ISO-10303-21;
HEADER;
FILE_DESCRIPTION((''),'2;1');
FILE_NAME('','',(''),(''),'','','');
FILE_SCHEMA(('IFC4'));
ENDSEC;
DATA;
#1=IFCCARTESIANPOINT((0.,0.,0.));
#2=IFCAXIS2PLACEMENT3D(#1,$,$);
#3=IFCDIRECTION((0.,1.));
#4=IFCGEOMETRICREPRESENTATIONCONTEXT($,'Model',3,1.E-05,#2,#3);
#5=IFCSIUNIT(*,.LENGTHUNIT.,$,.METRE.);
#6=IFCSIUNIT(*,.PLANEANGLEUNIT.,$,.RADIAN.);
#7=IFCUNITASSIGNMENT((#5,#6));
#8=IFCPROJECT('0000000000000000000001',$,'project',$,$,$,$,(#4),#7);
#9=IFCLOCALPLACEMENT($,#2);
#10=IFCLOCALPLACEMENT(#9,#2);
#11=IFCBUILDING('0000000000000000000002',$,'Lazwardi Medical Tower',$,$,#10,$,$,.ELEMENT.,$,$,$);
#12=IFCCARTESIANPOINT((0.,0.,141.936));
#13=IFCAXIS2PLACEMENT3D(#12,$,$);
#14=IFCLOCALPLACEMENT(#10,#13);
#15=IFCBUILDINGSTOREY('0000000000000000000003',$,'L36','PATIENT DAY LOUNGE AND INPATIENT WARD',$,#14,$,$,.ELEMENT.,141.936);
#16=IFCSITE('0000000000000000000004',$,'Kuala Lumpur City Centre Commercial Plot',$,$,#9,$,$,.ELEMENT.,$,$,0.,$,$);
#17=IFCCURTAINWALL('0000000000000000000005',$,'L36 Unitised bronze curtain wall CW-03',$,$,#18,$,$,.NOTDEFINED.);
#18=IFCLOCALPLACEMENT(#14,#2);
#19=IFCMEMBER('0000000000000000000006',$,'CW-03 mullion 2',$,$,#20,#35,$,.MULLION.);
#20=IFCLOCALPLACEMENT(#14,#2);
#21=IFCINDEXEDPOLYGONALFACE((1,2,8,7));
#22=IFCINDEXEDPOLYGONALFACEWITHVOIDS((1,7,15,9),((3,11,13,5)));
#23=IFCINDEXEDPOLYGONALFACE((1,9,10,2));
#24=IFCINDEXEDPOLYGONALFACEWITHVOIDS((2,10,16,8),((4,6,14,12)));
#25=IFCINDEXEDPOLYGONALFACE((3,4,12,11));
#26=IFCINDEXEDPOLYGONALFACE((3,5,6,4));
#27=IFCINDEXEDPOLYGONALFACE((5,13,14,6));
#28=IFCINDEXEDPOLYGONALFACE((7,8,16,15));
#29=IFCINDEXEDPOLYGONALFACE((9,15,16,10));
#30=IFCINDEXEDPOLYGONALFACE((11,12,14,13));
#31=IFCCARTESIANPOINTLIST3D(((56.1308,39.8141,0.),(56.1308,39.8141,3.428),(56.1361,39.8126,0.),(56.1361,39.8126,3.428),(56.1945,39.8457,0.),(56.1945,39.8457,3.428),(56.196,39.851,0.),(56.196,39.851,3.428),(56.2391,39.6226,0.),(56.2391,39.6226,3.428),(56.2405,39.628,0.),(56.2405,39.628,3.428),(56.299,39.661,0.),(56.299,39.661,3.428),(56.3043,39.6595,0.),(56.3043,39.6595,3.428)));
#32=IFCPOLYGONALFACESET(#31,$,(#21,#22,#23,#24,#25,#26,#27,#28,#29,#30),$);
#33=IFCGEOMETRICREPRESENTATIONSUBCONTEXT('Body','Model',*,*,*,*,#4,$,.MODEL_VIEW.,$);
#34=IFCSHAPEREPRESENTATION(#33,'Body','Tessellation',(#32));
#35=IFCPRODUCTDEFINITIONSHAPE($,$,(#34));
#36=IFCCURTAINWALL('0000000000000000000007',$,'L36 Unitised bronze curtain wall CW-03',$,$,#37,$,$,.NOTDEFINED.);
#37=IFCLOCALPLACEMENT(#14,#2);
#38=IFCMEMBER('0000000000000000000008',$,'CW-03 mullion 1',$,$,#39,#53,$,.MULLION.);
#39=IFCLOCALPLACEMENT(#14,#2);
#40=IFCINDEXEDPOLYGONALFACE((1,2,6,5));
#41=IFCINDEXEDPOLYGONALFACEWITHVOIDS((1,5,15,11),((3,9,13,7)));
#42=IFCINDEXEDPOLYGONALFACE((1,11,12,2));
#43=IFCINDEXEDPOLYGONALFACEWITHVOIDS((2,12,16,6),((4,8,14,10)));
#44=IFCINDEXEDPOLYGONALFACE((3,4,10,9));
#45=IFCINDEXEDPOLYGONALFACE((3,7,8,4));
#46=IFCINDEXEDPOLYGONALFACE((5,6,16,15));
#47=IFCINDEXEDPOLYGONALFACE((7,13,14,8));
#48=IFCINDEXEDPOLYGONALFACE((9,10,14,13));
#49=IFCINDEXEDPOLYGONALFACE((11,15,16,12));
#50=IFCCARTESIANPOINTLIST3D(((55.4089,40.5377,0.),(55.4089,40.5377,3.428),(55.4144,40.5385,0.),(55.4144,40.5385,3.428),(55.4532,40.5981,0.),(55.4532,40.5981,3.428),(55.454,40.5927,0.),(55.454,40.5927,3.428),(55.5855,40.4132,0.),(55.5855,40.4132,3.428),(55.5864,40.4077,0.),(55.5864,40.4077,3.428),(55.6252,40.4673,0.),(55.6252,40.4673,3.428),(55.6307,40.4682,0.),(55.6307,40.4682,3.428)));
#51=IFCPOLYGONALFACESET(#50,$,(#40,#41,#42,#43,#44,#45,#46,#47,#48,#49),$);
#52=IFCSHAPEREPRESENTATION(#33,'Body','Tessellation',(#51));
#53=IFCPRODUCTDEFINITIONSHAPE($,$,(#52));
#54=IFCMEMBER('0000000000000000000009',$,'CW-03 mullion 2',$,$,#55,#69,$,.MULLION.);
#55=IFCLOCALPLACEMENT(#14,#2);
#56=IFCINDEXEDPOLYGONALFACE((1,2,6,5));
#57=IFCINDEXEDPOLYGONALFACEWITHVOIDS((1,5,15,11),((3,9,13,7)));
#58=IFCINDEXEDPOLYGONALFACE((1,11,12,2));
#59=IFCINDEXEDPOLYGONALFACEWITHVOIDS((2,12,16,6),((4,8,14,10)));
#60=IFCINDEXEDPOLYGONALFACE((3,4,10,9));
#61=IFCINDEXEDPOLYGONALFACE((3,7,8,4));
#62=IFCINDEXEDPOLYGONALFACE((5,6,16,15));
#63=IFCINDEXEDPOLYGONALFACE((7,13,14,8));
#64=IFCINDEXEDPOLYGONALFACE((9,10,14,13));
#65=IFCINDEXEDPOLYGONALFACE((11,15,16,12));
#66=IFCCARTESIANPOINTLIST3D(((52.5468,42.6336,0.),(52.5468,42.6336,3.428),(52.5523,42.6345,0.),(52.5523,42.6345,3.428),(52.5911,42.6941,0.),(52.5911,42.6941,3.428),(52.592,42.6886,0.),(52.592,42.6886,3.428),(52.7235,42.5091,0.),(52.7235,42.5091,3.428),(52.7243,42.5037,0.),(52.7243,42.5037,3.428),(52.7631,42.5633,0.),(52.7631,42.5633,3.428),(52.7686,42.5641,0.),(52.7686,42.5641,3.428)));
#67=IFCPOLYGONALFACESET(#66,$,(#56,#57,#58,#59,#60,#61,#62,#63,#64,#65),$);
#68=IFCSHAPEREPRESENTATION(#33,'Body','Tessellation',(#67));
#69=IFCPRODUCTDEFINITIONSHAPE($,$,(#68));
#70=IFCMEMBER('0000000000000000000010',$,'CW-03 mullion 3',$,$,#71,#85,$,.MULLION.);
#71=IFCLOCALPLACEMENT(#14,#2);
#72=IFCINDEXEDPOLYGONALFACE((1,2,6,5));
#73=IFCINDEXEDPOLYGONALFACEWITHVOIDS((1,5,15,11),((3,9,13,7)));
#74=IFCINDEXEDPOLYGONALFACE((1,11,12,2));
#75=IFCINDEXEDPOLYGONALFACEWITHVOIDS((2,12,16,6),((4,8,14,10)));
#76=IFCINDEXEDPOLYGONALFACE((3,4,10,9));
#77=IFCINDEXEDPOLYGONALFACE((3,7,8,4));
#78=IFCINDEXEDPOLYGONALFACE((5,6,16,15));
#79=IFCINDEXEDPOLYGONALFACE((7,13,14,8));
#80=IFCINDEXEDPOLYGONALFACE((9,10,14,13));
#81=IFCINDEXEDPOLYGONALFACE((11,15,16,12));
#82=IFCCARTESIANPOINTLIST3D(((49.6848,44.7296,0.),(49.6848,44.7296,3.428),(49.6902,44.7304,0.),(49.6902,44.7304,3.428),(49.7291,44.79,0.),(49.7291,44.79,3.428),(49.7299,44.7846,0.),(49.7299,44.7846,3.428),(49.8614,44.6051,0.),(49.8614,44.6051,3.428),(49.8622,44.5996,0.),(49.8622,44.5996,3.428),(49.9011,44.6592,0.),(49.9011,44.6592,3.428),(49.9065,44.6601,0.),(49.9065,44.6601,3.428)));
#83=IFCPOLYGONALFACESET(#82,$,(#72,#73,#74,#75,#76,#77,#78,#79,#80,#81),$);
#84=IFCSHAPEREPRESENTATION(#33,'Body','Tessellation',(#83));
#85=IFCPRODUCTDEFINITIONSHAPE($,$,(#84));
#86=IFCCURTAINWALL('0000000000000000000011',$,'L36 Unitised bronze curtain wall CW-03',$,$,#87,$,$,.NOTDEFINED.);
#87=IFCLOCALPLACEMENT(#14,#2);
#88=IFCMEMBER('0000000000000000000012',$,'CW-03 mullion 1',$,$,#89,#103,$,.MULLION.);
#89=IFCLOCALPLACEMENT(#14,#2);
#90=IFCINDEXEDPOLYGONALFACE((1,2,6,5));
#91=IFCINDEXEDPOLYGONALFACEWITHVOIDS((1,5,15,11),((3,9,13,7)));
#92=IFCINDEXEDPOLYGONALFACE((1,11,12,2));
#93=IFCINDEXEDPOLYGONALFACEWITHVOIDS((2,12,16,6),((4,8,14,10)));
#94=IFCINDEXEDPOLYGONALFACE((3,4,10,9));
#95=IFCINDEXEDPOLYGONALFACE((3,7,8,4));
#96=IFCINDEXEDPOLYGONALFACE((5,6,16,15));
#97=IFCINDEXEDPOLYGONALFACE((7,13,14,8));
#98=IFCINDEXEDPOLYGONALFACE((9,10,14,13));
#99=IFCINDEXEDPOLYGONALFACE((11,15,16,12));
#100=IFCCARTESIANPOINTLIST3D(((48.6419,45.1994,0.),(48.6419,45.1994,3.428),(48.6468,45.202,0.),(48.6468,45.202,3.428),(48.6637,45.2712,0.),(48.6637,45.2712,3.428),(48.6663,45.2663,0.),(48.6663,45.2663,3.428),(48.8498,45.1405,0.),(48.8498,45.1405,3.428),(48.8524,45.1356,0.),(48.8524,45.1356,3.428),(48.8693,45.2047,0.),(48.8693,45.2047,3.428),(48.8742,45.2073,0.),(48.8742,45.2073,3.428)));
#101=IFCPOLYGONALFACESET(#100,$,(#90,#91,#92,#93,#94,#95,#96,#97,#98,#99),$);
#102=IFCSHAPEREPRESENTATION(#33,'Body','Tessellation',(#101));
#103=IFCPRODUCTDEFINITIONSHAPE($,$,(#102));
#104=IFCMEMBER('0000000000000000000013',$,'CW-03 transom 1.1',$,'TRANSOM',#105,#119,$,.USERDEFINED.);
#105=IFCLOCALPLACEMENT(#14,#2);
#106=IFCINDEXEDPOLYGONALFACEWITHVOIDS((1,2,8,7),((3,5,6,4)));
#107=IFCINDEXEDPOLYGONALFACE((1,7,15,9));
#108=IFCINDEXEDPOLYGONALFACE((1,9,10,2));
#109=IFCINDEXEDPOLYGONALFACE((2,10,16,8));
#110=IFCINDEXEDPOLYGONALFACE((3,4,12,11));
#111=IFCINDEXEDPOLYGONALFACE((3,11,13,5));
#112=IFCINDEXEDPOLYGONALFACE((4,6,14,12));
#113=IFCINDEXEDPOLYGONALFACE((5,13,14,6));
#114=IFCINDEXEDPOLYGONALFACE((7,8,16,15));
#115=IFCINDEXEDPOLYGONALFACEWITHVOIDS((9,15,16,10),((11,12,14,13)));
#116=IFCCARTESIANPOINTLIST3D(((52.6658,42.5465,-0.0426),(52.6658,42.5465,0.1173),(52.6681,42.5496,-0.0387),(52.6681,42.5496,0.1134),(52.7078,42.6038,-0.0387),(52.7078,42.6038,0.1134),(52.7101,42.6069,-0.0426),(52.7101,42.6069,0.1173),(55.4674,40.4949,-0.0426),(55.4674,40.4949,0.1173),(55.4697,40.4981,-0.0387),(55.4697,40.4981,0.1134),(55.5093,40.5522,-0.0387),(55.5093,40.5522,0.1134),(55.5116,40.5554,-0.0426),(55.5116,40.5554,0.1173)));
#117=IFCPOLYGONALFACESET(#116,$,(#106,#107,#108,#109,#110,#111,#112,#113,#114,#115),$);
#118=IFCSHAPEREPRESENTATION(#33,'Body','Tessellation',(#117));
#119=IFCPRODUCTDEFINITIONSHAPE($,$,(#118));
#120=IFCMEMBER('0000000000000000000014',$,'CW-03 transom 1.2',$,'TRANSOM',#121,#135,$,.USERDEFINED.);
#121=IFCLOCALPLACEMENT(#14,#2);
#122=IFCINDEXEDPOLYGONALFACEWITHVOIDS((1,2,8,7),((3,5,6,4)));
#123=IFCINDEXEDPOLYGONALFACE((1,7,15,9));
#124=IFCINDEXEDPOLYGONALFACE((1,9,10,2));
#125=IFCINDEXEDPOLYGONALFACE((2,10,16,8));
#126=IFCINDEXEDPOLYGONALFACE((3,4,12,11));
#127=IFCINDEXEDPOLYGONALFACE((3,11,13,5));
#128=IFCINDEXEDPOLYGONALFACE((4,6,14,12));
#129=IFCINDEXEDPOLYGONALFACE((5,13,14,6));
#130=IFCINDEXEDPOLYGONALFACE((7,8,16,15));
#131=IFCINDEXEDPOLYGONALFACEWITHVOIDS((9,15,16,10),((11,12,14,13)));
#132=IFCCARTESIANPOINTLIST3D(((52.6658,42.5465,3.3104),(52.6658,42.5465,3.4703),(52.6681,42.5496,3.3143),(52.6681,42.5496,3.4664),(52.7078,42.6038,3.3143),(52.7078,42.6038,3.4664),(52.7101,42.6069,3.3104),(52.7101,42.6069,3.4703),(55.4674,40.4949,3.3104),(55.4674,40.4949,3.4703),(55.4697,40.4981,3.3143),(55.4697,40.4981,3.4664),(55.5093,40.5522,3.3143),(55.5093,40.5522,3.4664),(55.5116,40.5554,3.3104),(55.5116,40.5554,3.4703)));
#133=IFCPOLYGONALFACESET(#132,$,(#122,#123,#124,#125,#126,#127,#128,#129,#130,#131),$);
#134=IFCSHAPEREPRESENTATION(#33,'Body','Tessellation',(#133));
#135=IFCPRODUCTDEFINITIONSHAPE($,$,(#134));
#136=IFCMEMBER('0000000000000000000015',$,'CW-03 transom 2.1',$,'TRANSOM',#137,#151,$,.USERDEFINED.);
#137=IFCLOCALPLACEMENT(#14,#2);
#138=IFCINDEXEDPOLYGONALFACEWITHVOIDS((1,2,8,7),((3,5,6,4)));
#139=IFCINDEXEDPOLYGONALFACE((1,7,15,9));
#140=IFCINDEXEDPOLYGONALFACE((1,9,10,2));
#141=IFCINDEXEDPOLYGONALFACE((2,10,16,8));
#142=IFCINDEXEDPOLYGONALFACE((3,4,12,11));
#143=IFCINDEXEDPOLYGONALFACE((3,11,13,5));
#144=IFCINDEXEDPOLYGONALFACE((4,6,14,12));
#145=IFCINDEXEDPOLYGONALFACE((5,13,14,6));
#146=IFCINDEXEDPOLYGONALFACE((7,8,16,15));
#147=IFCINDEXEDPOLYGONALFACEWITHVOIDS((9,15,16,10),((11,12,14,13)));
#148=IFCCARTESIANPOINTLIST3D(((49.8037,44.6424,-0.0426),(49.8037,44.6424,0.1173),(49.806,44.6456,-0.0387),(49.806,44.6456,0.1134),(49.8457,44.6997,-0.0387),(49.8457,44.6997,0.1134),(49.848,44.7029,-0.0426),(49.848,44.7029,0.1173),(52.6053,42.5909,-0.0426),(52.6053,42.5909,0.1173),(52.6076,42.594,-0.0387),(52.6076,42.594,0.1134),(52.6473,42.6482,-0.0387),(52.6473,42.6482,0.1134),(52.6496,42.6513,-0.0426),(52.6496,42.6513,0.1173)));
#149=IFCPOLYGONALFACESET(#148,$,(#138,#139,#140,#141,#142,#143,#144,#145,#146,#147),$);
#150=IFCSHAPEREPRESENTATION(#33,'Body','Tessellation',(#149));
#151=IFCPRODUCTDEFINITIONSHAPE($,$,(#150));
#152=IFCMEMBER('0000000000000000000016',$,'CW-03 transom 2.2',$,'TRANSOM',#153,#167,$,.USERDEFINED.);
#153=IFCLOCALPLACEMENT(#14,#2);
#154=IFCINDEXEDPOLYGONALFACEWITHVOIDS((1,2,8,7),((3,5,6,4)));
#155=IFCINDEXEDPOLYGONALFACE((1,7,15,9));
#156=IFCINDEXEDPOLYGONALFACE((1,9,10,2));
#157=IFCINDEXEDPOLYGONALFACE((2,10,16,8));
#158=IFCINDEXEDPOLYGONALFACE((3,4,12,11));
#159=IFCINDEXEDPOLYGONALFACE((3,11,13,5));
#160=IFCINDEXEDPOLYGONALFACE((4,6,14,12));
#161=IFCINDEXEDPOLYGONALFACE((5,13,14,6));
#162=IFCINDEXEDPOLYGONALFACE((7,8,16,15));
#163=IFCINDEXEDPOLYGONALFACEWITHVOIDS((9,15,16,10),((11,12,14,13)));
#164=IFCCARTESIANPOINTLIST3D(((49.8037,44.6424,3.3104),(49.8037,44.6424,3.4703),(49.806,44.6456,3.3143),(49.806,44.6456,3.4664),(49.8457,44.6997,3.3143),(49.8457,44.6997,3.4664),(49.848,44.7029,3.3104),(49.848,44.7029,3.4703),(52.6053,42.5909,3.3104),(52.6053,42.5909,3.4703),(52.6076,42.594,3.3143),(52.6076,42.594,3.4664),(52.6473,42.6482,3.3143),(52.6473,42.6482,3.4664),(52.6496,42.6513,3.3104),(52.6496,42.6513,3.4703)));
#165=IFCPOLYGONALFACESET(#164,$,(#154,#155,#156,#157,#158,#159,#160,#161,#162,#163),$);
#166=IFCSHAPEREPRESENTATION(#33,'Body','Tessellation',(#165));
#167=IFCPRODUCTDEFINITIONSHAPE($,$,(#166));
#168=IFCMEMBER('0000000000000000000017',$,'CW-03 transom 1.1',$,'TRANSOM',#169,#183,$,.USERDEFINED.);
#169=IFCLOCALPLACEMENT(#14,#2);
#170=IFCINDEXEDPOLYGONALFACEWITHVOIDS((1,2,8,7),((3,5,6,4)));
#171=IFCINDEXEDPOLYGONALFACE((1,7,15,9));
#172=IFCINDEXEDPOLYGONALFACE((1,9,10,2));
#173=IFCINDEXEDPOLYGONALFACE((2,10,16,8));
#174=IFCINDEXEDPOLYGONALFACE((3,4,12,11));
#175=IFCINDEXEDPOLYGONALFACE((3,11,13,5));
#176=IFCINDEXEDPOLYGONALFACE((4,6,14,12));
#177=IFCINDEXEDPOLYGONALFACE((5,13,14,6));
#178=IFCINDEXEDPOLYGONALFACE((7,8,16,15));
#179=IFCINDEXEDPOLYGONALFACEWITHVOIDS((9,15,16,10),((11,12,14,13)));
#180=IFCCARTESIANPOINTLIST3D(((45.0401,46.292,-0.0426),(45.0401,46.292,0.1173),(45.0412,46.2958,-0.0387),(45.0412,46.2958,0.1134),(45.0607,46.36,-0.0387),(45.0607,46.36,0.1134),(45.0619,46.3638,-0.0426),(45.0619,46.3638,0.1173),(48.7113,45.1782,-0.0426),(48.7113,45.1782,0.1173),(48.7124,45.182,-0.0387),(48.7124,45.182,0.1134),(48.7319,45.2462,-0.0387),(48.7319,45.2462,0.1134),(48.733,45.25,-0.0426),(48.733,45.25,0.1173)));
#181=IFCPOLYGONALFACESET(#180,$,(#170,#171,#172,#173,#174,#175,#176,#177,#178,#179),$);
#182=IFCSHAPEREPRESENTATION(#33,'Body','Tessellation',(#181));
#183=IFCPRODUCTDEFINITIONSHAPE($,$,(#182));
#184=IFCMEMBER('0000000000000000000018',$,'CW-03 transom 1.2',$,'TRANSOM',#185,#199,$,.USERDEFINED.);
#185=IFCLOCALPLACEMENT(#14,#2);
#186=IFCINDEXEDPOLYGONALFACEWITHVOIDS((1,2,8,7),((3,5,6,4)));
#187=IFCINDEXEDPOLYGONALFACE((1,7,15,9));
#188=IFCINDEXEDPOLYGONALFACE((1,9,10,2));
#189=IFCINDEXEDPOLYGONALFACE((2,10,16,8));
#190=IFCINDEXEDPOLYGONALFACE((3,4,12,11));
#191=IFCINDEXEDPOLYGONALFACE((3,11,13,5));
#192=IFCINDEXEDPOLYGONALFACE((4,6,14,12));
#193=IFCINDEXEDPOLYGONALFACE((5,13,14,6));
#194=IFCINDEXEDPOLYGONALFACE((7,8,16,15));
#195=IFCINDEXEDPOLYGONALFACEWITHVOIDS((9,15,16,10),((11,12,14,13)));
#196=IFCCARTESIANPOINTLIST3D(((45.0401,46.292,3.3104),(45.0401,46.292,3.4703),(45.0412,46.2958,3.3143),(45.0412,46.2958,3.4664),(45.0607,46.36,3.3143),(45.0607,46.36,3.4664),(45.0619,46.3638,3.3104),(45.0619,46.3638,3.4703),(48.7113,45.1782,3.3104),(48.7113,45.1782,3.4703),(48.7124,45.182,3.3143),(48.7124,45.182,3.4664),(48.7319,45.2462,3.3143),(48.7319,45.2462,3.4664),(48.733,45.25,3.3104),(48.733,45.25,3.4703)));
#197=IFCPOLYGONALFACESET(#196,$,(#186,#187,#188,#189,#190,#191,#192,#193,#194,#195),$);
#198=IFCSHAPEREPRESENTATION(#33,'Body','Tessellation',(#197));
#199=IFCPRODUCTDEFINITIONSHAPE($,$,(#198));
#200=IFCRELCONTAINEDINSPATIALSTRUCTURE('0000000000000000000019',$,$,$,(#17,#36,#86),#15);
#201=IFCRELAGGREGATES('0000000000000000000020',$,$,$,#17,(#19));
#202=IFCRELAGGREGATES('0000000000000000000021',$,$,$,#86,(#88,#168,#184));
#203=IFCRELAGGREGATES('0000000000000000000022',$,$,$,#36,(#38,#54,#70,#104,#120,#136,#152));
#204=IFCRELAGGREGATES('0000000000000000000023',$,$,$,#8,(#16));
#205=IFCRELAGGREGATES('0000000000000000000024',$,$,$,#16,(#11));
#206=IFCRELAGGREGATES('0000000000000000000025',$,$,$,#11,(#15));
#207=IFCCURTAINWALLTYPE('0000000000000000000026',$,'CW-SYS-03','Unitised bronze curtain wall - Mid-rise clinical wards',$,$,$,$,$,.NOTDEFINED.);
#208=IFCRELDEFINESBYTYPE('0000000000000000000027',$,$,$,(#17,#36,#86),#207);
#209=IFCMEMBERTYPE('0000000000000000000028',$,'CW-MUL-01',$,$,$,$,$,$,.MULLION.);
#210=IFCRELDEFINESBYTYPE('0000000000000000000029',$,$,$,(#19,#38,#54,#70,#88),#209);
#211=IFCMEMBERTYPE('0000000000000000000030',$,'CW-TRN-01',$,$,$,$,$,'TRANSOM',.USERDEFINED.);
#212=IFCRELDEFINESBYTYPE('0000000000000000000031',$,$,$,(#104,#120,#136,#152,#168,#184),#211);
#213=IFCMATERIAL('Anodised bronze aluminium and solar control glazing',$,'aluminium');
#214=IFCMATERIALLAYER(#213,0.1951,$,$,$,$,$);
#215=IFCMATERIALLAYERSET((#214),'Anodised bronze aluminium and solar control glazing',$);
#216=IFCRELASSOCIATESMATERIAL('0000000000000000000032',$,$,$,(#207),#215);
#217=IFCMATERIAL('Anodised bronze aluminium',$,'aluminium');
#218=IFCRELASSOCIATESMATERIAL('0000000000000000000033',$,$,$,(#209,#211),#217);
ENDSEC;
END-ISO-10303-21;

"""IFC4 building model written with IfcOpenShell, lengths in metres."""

from ifc_helpers import new_model, si_unit, direction, frame, origin, origin_2d, place, context, subcontext, project, spatial, hollow_rectangle, extrude, material, layer, layer_set, material_profile, profile_set, type_object, element, aggregate, save


model = new_model("IFC4")

# Units and contexts
model_context = context("Model", 3, precision=1e-05, world=origin(), true_north=direction((0.0, 1.0)))
body_context = subcontext(model_context, "Body", "Model", "MODEL_VIEW")
ifc_project = project(units=[si_unit("LENGTHUNIT", "METRE"), si_unit("PLANEANGLEUNIT", "RADIAN")], contexts=[model_context])

# Site, building, storey
site_placement = place(None, origin())
site = spatial("IfcSite", under=ifc_project, at=site_placement, Name="Kuala Lumpur City Centre Commercial Plot", CompositionType="ELEMENT", RefElevation=0.0)
building_placement = place(site_placement, origin())
building = spatial("IfcBuilding", under=site, at=building_placement, Name="Lazwardi Medical Tower", CompositionType="ELEMENT")
storey_placement = place(building_placement, frame((0.0, 0.0, 141.936)))
storey = spatial("IfcBuildingStorey", under=building, at=storey_placement, Name="L36", Description="PATIENT DAY LOUNGE AND INPATIENT WARD", CompositionType="ELEMENT", Elevation=141.936)

# Curtain wall, member
ifc_material_1 = material(Name="Anodised bronze aluminium and solar control glazing", Category="aluminium")
ifc_layer_1 = layer(ifc_material_1, 0.1951)
ifc_layer_set_1 = layer_set([ifc_layer_1], Name="Anodised bronze aluminium and solar control glazing")
curtain_wall_type = type_object("IfcCurtainWallType", Name="CW-SYS-03", Description="Unitised bronze curtain wall - Mid-rise clinical wards", PredefinedType="NOTDEFINED", material=ifc_layer_set_1)
curtain_wall_1_placement = place(storey_placement, origin())
curtain_wall_1 = element("IfcCurtainWall", 1, at=curtain_wall_1_placement, inside=storey, type_object=curtain_wall_type, Name="L36 Unitised bronze curtain wall CW-03", PredefinedType="NOTDEFINED")
ifc_material_2 = material(Name="Anodised bronze aluminium", Category="aluminium")
ifc_material_profile_1 = material_profile(ifc_material_2, hollow_rectangle(XDim=0.075, YDim=0.22, WallThickness=0.0039, at=origin_2d()), Name="ALU-MULLION 220x75x4")
ifc_profile_set_1 = profile_set([ifc_material_profile_1], Name="Anodised bronze aluminium")
member_type_1 = type_object("IfcMemberType", Name="CW-MUL-01", PredefinedType="MULLION", material=ifc_profile_set_1)
member_1_placement = place(storey_placement, frame((56.2175, 39.7368, 0.0), z_axis=(0.0, 0.0, 1.0), x_axis=(-0.870419, -0.492312, 0.0)))
member_1 = element("IfcMember", 2, at=member_1_placement, type_object=member_type_1, Name="CW-03 mullion 2", PredefinedType="MULLION", context=body_context, shape_type="SweptSolid", body=[
    extrude(hollow_rectangle(XDim=0.075, YDim=0.22, WallThickness=0.0039, at=origin_2d()), origin(), (0.0, 0.0, 1.0), 3.428),
])
aggregate(curtain_wall_1, [member_1])

# Curtain wall, members
curtain_wall_2_placement = place(storey_placement, origin())
curtain_wall_2 = element("IfcCurtainWall", 3, at=curtain_wall_2_placement, inside=storey, type_object=curtain_wall_type, Name="L36 Unitised bronze curtain wall CW-03", PredefinedType="NOTDEFINED")
member_2_placement = place(storey_placement, frame((55.5198, 40.5029, 0.0), z_axis=(0.0, 0.0, 1.0), x_axis=(-0.590834, -0.806793, 0.0)))
member_2 = element("IfcMember", 4, at=member_2_placement, type_object=member_type_1, Name="CW-03 mullion 1", PredefinedType="MULLION", context=body_context, shape_type="SweptSolid", body=[
    extrude(hollow_rectangle(XDim=0.075, YDim=0.22, WallThickness=0.0039, at=origin_2d()), origin(), (0.0, 0.0, 1.0), 3.428),
])
member_3_placement = place(storey_placement, frame((52.6577, 42.5989, 0.0), z_axis=(0.0, 0.0, 1.0), x_axis=(-0.590834, -0.806793, 0.0)))
member_3 = element("IfcMember", 5, at=member_3_placement, type_object=member_type_1, Name="CW-03 mullion 2", PredefinedType="MULLION", context=body_context, shape_type="SweptSolid", body=[
    extrude(hollow_rectangle(XDim=0.075, YDim=0.22, WallThickness=0.0039, at=origin_2d()), origin(), (0.0, 0.0, 1.0), 3.428),
])
member_4_placement = place(storey_placement, frame((49.7957, 44.6948, 0.0), z_axis=(0.0, 0.0, 1.0), x_axis=(-0.590834, -0.806793, 0.0)))
member_4 = element("IfcMember", 6, at=member_4_placement, type_object=member_type_1, Name="CW-03 mullion 3", PredefinedType="MULLION", context=body_context, shape_type="SweptSolid", body=[
    extrude(hollow_rectangle(XDim=0.075, YDim=0.22, WallThickness=0.0039, at=origin_2d()), origin(), (0.0, 0.0, 1.0), 3.428),
])

# Curtain wall, member
curtain_wall_3_placement = place(storey_placement, origin())
curtain_wall_3 = element("IfcCurtainWall", 7, at=curtain_wall_3_placement, inside=storey, type_object=curtain_wall_type, Name="L36 Unitised bronze curtain wall CW-03", PredefinedType="NOTDEFINED")
member_5_placement = place(storey_placement, frame((48.7581, 45.2034, 0.0), z_axis=(0.0, 0.0, 1.0), x_axis=(-0.290281, -0.956942, 0.0)))
member_5 = element("IfcMember", 8, at=member_5_placement, type_object=member_type_1, Name="CW-03 mullion 1", PredefinedType="MULLION", context=body_context, shape_type="SweptSolid", body=[
    extrude(hollow_rectangle(XDim=0.075, YDim=0.22, WallThickness=0.0039, at=origin_2d()), origin(), (0.0, 0.0, 1.0), 3.428),
])

# Members
ifc_material_profile_2 = material_profile(ifc_material_2, hollow_rectangle(XDim=0.075, YDim=0.1599, WallThickness=0.0039, at=origin_2d()), Name="ALU-TRANSOM 160x75x4")
ifc_profile_set_2 = profile_set([ifc_material_profile_2], Name="Anodised bronze aluminium")
member_type_2 = type_object("IfcMemberType", Name="CW-TRN-01", ElementType="TRANSOM", PredefinedType="USERDEFINED", material=ifc_profile_set_2)
member_6_placement = place(storey_placement, frame((55.4895, 40.5251, 0.0374), z_axis=(-0.806807, 0.590815, 0.0), x_axis=(-0.590815, -0.806807, 0.0)))
member_6 = element("IfcMember", 9, at=member_6_placement, type_object=member_type_2, Name="CW-03 transom 1.1", ObjectType="TRANSOM", PredefinedType="USERDEFINED", context=body_context, shape_type="SweptSolid", body=[
    extrude(hollow_rectangle(XDim=0.075, YDim=0.1599, WallThickness=0.0039, at=origin_2d()), origin(), (0.0, 0.0, 1.0), 3.4724),
])
member_7_placement = place(storey_placement, frame((55.4895, 40.5251, 3.3904), z_axis=(-0.806807, 0.590815, 0.0), x_axis=(-0.590815, -0.806807, 0.0)))
member_7 = element("IfcMember", 10, at=member_7_placement, type_object=member_type_2, Name="CW-03 transom 1.2", ObjectType="TRANSOM", PredefinedType="USERDEFINED", context=body_context, shape_type="SweptSolid", body=[
    extrude(hollow_rectangle(XDim=0.075, YDim=0.1599, WallThickness=0.0039, at=origin_2d()), origin(), (0.0, 0.0, 1.0), 3.4724),
])
member_8_placement = place(storey_placement, frame((52.6274, 42.6211, 0.0374), z_axis=(-0.806807, 0.590815, 0.0), x_axis=(-0.590815, -0.806807, 0.0)))
member_8 = element("IfcMember", 11, at=member_8_placement, type_object=member_type_2, Name="CW-03 transom 2.1", ObjectType="TRANSOM", PredefinedType="USERDEFINED", context=body_context, shape_type="SweptSolid", body=[
    extrude(hollow_rectangle(XDim=0.075, YDim=0.1599, WallThickness=0.0039, at=origin_2d()), origin(), (0.0, 0.0, 1.0), 3.4724),
])
member_9_placement = place(storey_placement, frame((52.6274, 42.6211, 3.3904), z_axis=(-0.806807, 0.590815, 0.0), x_axis=(-0.590815, -0.806807, 0.0)))
member_9 = element("IfcMember", 12, at=member_9_placement, type_object=member_type_2, Name="CW-03 transom 2.2", ObjectType="TRANSOM", PredefinedType="USERDEFINED", context=body_context, shape_type="SweptSolid", body=[
    extrude(hollow_rectangle(XDim=0.075, YDim=0.1599, WallThickness=0.0039, at=origin_2d()), origin(), (0.0, 0.0, 1.0), 3.4724),
])
member_10_placement = place(storey_placement, frame((48.7222, 45.2141, 0.0374), z_axis=(-0.95693, 0.290318, 0.0), x_axis=(-0.290318, -0.95693, 0.0)))
member_10 = element("IfcMember", 13, at=member_10_placement, type_object=member_type_2, Name="CW-03 transom 1.1", ObjectType="TRANSOM", PredefinedType="USERDEFINED", context=body_context, shape_type="SweptSolid", body=[
    extrude(hollow_rectangle(XDim=0.075, YDim=0.1599, WallThickness=0.0039, at=origin_2d()), origin(), (0.0, 0.0, 1.0), 3.8364),
])
member_11_placement = place(storey_placement, frame((48.7222, 45.2141, 3.3904), z_axis=(-0.95693, 0.290318, 0.0), x_axis=(-0.290318, -0.95693, 0.0)))
member_11 = element("IfcMember", 14, at=member_11_placement, type_object=member_type_2, Name="CW-03 transom 1.2", ObjectType="TRANSOM", PredefinedType="USERDEFINED", context=body_context, shape_type="SweptSolid", body=[
    extrude(hollow_rectangle(XDim=0.075, YDim=0.1599, WallThickness=0.0039, at=origin_2d()), origin(), (0.0, 0.0, 1.0), 3.8364),
])
aggregate(curtain_wall_3, [member_5, member_10, member_11])

aggregate(curtain_wall_2, [member_2, member_3, member_4, member_6, member_7, member_8, member_9])

save(model, "model.ifc")
